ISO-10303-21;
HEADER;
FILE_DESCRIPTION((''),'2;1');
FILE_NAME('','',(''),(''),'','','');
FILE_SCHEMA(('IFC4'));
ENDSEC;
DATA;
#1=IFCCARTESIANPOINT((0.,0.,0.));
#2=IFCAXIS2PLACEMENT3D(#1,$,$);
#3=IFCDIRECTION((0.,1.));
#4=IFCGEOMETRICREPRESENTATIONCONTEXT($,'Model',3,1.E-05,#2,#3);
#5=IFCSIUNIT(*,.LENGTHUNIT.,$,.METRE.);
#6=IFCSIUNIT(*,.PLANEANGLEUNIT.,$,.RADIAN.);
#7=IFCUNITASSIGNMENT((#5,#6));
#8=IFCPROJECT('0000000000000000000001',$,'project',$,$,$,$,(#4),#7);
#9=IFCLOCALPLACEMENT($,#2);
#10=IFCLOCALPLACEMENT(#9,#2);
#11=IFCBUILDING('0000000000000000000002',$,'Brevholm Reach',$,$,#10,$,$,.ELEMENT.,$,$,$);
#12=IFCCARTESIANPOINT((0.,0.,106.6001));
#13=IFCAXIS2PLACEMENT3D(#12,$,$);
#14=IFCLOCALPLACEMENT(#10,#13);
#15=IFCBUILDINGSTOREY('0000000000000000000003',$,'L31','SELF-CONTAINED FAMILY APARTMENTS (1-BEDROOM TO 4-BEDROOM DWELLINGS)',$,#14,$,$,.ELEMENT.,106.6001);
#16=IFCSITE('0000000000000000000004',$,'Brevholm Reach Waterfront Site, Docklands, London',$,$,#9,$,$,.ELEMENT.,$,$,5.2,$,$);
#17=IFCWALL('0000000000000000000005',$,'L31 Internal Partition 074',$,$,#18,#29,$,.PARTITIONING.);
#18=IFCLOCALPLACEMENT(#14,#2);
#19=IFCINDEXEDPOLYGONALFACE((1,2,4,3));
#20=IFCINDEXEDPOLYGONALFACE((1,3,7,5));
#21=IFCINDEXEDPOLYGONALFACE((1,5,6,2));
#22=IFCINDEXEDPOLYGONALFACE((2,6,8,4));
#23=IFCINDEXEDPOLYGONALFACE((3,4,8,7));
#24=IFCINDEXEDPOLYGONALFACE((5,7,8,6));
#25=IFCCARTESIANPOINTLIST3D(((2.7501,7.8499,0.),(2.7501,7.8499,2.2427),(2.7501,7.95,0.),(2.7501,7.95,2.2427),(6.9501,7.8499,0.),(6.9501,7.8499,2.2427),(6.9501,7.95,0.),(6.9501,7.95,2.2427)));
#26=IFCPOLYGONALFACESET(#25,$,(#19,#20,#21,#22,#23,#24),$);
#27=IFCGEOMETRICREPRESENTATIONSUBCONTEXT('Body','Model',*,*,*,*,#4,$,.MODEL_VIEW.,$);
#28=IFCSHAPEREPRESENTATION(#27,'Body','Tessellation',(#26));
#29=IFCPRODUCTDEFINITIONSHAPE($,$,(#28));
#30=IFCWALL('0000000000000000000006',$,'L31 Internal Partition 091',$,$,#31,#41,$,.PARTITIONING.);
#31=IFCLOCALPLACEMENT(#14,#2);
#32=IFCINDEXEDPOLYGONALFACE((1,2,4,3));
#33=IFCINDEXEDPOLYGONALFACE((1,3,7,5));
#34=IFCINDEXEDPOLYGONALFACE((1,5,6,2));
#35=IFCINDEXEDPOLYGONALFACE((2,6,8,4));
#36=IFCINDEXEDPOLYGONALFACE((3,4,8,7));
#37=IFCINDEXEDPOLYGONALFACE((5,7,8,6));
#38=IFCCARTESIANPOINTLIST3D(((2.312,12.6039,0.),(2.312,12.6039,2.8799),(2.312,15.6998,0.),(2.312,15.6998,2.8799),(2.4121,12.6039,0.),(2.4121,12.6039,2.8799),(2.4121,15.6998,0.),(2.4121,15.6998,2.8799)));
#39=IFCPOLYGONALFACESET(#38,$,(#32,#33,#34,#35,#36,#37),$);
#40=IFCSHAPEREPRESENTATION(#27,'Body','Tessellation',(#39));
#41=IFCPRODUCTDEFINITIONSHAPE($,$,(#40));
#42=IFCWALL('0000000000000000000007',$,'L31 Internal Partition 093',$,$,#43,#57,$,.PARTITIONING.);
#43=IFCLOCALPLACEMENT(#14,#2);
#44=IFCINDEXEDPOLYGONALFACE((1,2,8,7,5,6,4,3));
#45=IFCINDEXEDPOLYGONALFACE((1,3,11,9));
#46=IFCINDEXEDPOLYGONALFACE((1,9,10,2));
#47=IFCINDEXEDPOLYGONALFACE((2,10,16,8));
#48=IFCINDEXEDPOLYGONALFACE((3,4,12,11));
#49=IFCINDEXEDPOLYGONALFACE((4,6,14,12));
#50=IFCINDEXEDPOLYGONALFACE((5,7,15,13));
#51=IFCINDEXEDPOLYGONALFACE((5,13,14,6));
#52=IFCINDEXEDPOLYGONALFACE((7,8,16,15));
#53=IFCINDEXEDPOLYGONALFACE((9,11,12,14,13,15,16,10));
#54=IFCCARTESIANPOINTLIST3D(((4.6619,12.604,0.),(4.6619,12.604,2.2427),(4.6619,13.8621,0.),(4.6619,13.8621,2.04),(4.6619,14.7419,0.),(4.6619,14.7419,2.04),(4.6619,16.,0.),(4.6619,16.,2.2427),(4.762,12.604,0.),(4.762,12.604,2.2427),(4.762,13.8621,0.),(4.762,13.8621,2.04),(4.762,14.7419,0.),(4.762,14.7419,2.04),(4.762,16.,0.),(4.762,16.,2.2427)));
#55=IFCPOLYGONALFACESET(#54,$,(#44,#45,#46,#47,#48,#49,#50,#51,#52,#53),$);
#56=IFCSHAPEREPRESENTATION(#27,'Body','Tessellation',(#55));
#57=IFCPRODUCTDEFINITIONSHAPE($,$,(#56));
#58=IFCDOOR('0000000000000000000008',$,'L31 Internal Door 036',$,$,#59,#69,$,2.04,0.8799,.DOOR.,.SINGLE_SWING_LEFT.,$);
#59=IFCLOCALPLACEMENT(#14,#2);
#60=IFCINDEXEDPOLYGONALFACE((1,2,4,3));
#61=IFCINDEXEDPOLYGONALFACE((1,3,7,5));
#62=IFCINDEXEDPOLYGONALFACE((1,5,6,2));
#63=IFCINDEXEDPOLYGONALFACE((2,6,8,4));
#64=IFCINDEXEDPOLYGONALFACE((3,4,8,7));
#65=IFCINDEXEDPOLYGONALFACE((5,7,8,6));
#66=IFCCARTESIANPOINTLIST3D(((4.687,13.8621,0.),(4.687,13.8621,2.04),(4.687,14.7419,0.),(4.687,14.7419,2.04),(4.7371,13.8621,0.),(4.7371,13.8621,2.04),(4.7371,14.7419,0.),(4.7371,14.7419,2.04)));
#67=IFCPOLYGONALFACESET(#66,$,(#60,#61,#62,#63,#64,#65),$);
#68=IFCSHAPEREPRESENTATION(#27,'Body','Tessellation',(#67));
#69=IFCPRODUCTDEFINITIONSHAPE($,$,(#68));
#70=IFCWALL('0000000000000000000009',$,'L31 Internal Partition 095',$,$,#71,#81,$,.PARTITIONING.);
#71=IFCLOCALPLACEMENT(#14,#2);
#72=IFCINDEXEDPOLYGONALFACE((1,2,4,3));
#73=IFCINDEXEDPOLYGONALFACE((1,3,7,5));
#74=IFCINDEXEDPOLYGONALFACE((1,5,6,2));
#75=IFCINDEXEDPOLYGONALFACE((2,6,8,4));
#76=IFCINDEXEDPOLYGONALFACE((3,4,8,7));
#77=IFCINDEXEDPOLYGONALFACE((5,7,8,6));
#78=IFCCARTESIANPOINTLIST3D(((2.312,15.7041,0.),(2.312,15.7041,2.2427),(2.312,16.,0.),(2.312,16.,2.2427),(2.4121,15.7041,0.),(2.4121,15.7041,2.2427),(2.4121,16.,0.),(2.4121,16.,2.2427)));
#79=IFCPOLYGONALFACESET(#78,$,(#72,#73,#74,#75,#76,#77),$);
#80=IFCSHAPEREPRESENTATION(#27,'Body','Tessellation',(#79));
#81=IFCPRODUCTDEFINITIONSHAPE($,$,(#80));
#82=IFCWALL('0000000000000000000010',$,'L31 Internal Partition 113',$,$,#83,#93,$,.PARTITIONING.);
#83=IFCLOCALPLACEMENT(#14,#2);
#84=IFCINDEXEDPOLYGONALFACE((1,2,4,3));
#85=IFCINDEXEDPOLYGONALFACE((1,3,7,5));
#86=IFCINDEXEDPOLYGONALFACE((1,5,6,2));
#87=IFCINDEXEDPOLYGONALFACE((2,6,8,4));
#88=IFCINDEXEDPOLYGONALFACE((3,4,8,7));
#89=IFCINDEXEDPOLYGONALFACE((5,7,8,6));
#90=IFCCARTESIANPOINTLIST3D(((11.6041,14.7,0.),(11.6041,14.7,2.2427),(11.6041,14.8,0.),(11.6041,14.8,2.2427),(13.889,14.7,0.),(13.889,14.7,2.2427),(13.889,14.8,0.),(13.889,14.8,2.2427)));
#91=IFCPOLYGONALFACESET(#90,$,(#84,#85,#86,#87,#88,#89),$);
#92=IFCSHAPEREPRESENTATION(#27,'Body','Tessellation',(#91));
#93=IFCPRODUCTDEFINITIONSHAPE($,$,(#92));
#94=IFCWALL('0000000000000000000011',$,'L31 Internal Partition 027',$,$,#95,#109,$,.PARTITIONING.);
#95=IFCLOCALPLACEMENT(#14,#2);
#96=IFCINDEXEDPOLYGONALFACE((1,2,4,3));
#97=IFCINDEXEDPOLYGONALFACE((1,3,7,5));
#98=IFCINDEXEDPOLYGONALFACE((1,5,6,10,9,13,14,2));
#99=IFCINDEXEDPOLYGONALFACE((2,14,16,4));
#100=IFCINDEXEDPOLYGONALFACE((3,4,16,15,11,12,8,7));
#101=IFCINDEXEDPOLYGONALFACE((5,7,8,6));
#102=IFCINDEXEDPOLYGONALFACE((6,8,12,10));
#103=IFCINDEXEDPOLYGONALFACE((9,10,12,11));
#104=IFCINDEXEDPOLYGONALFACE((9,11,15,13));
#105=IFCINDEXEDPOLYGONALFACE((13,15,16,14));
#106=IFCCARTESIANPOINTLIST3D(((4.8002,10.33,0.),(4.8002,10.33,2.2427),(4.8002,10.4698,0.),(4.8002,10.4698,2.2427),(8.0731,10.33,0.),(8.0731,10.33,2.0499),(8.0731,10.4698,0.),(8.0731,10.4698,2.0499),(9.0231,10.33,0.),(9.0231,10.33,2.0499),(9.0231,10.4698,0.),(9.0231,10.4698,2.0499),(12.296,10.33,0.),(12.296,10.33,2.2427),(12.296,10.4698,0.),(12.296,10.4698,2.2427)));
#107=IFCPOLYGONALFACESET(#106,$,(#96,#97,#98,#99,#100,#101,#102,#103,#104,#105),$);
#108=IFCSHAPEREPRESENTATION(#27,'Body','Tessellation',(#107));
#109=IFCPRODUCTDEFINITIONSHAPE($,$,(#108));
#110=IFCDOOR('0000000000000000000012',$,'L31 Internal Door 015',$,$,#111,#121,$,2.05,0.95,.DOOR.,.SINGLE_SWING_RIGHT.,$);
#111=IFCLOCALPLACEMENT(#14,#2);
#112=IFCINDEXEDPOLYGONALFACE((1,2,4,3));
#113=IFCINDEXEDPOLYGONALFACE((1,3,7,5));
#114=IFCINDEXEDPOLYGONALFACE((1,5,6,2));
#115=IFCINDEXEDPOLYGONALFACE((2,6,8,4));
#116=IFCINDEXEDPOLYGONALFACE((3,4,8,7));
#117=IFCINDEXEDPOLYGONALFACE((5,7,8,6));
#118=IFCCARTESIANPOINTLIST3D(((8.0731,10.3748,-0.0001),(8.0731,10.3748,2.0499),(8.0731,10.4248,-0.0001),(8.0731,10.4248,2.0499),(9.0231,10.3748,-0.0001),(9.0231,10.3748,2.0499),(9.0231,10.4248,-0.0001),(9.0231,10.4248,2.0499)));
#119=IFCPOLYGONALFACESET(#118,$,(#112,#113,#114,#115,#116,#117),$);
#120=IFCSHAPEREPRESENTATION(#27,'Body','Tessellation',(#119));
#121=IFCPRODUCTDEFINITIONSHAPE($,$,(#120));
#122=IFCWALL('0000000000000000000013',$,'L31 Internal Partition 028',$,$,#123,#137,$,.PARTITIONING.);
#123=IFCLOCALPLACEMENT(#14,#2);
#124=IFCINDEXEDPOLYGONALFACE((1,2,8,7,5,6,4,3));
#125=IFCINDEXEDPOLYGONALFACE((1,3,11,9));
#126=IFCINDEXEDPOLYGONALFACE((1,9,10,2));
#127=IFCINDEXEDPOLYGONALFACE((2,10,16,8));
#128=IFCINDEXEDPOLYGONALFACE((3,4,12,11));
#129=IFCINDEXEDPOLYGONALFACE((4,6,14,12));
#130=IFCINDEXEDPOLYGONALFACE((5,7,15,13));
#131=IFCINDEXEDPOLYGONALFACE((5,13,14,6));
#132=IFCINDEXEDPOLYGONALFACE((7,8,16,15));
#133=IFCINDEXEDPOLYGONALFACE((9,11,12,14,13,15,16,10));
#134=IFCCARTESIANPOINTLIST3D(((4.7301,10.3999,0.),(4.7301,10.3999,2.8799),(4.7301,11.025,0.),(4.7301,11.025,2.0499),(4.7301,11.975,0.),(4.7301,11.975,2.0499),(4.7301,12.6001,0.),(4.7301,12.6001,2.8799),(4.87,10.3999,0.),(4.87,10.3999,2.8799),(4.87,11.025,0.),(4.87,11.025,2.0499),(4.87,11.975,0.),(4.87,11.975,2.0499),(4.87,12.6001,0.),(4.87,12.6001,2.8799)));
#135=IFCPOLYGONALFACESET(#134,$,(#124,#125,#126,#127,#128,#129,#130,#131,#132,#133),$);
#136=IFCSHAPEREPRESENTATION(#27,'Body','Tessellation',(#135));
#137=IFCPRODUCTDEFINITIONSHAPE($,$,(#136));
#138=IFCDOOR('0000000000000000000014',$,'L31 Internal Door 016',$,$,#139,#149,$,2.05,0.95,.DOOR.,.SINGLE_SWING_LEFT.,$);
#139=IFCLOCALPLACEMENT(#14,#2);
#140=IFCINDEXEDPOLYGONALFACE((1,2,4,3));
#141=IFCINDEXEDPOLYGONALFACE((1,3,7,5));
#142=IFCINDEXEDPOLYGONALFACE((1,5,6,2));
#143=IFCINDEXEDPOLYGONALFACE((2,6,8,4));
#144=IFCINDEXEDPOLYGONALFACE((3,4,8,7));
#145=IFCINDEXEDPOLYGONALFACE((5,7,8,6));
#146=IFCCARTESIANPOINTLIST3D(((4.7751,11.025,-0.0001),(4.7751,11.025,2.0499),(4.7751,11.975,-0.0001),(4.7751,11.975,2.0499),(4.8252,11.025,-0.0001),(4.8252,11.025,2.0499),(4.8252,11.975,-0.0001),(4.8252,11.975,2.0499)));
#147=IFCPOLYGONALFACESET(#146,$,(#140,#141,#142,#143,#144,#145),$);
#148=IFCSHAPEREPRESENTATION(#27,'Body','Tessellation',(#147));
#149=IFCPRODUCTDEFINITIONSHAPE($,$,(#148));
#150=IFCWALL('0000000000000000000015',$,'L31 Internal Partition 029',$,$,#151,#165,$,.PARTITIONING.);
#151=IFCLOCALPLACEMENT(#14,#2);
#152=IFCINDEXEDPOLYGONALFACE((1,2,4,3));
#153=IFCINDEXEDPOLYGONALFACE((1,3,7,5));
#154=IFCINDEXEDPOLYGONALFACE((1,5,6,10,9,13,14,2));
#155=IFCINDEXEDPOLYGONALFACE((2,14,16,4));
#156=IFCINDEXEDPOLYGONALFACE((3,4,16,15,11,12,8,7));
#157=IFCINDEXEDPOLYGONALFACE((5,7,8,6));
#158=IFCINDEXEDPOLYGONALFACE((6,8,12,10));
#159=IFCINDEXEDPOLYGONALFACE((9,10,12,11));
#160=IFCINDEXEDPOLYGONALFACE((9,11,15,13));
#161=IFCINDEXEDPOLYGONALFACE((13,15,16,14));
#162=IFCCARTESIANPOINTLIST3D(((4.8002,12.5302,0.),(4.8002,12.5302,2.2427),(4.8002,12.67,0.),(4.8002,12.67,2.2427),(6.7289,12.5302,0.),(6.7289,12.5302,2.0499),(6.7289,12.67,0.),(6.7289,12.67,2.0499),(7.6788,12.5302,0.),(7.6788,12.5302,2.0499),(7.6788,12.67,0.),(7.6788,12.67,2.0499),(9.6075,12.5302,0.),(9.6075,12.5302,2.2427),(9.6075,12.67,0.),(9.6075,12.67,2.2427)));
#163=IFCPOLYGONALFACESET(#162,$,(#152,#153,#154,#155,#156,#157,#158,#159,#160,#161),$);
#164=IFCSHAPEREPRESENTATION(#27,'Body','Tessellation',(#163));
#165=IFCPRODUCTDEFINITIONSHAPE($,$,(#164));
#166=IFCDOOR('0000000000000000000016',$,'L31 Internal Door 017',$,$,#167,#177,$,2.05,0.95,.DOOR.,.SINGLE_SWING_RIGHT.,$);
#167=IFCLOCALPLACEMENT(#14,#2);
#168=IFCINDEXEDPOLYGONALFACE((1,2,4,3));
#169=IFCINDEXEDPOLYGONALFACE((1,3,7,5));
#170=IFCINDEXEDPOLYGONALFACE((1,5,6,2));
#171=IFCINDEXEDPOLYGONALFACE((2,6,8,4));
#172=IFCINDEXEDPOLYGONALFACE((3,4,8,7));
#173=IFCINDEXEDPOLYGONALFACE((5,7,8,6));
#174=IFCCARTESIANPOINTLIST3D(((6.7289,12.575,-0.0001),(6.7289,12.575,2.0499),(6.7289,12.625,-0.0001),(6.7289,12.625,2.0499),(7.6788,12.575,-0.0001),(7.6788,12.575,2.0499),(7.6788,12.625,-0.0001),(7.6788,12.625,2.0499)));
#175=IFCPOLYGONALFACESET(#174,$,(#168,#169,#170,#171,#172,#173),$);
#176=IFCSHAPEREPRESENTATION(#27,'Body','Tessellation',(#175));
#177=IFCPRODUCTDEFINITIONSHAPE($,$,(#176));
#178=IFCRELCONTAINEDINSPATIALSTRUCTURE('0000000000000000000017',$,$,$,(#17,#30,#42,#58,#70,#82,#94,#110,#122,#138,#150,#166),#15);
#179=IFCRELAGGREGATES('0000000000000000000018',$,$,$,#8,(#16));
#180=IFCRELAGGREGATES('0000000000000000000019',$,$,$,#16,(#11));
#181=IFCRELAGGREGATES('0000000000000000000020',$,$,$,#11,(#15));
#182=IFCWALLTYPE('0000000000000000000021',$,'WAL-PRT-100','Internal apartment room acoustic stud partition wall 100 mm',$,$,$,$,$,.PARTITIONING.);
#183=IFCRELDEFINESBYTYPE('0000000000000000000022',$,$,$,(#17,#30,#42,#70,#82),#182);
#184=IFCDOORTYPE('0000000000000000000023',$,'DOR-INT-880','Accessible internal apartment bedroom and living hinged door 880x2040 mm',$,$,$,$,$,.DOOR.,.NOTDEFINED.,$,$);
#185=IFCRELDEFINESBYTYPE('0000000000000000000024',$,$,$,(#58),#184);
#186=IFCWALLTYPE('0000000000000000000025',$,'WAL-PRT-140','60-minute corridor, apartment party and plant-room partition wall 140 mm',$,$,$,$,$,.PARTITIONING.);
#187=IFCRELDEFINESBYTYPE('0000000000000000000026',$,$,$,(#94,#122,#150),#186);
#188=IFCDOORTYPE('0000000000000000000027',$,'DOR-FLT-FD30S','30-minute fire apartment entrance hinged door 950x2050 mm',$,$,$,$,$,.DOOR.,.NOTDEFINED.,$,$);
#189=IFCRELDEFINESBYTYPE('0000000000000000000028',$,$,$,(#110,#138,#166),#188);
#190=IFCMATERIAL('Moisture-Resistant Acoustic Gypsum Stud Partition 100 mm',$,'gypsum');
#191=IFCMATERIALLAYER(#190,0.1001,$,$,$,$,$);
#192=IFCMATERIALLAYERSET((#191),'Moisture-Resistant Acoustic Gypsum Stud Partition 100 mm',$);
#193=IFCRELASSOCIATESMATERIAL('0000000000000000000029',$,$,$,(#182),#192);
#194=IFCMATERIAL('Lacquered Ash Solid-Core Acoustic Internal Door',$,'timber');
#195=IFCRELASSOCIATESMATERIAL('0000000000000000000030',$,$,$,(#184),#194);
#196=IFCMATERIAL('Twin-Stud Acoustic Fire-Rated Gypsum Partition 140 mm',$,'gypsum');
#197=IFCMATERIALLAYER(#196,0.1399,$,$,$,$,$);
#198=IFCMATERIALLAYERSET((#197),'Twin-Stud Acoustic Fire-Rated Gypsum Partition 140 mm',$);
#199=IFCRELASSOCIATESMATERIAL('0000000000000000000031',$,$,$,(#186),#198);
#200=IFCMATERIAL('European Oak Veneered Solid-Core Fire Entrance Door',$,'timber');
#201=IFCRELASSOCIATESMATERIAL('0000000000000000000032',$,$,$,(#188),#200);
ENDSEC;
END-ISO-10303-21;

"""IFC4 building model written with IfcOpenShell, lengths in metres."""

from ifc_helpers import new_model, si_unit, direction, frame, frame_2d, origin, place, context, subcontext, project, spatial, rectangle, extrude, material, layer, layer_set, type_object, element, fill, save


model = new_model("IFC4")

# Units and contexts
model_context = context("Model", 3, precision=1e-05, world=origin(), true_north=direction((0.0, 1.0)))
body_context = subcontext(model_context, "Body", "Model", "MODEL_VIEW")
ifc_project = project(units=[si_unit("LENGTHUNIT", "METRE"), si_unit("PLANEANGLEUNIT", "RADIAN")], contexts=[model_context])

# Site, building, storey
site_placement = place(None, origin())
site = spatial("IfcSite", under=ifc_project, at=site_placement, Name="Brevholm Reach Waterfront Site, Docklands, London", CompositionType="ELEMENT", RefElevation=5.2)
building_placement = place(site_placement, origin())
building = spatial("IfcBuilding", under=site, at=building_placement, Name="Brevholm Reach", CompositionType="ELEMENT")
storey_placement = place(building_placement, frame((0.0, 0.0, 106.6001)))
storey = spatial("IfcBuildingStorey", under=building, at=storey_placement, Name="L31", Description="SELF-CONTAINED FAMILY APARTMENTS (1-BEDROOM TO 4-BEDROOM DWELLINGS)", CompositionType="ELEMENT", Elevation=106.6001)

# Walls
ifc_material_1 = material(Name="Moisture-Resistant Acoustic Gypsum Stud Partition 100 mm", Category="gypsum")
ifc_layer_1 = layer(ifc_material_1, 0.1001)
ifc_layer_set_1 = layer_set([ifc_layer_1], Name="Moisture-Resistant Acoustic Gypsum Stud Partition 100 mm")
wall_type_1 = type_object("IfcWallType", Name="WAL-PRT-100", Description="Internal apartment room acoustic stud partition wall 100 mm", PredefinedType="PARTITIONING", material=ifc_layer_set_1)
wall_1_placement = place(storey_placement, frame((2.75, 7.8999, 0.0), z_axis=(0.0, 0.0, 1.0), x_axis=(1.0, 0.0, 0.0)))
element("IfcWall", 1, at=wall_1_placement, inside=storey, type_object=wall_type_1, Name="L31 Internal Partition 074", PredefinedType="PARTITIONING", context=body_context, shape_type="SweptSolid", body=[
    extrude(rectangle(XDim=4.2, YDim=0.1001, at=frame_2d((2.1001, 0.0))), origin(), (0.0, 0.0, 1.0), 2.2427),
])
wall_2_placement = place(storey_placement, frame((2.3621, 12.604, 0.0), z_axis=(0.0, 0.0, 1.0), x_axis=(0.0, 1.0, 0.0)))
element("IfcWall", 2, at=wall_2_placement, inside=storey, type_object=wall_type_1, Name="L31 Internal Partition 091", PredefinedType="PARTITIONING", context=body_context, shape_type="SweptSolid", body=[
    extrude(rectangle(XDim=3.0959, YDim=0.1001, at=frame_2d((1.5479, 0.0))), origin(), (0.0, 0.0, 1.0), 2.8799),
])

# Wall, opening, door
wall_3_placement = place(storey_placement, frame((4.7119, 12.604, 0.0), z_axis=(0.0, 0.0, 1.0), x_axis=(0.0, 1.0, 0.0)))
wall_3 = element("IfcWall", 3, at=wall_3_placement, inside=storey, type_object=wall_type_1, Name="L31 Internal Partition 093", PredefinedType="PARTITIONING", context=body_context, shape_type="SweptSolid", body=[
    extrude(rectangle(XDim=3.396, YDim=0.1001, at=frame_2d((1.698, 0.0))), origin(), (0.0, 0.0, 1.0), 2.2427),
])
opening_1_placement = place(wall_3_placement, frame((1.2581, 0.0, 0.0)))
opening_1 = element("IfcOpeningElement", 4, at=opening_1_placement, cuts=wall_3, PredefinedType="OPENING", context=body_context, shape_type="SweptSolid", body=[
    extrude(rectangle(XDim=0.8799, YDim=2.04, at=frame_2d((0.4399, 1.02))), frame((0.0, 0.0601, 0.0), z_axis=(0.0, -1.0, 0.0), x_axis=(1.0, 0.0, 0.0)), (0.0, 0.0, 1.0), 0.1201),
])
ifc_material_2 = material(Name="Lacquered Ash Solid-Core Acoustic Internal Door", Category="timber")
door_type_1 = type_object("IfcDoorType", Name="DOR-INT-880", Description="Accessible internal apartment bedroom and living hinged door 880x2040 mm", OperationType="NOTDEFINED", PredefinedType="DOOR", material=ifc_material_2)
door_1_placement = place(opening_1_placement, origin())
door_1 = element("IfcDoor", 5, at=door_1_placement, inside=storey, type_object=door_type_1, Name="L31 Internal Door 036", OperationType="SINGLE_SWING_LEFT", OverallHeight=2.04, OverallWidth=0.8799, PredefinedType="DOOR", context=body_context, shape_type="SweptSolid", body=[
    extrude(rectangle(XDim=0.8799, YDim=2.04, at=frame_2d((0.4399, 1.02))), frame((0.0, 0.0249, 0.0), z_axis=(0.0, -1.0, 0.0), x_axis=(1.0, 0.0, 0.0)), (0.0, 0.0, 1.0), 0.05),
])
fill(opening_1, door_1)

# Walls
wall_4_placement = place(storey_placement, frame((2.3621, 15.7041, 0.0), z_axis=(0.0, 0.0, 1.0), x_axis=(0.0, 1.0, 0.0)))
element("IfcWall", 6, at=wall_4_placement, inside=storey, type_object=wall_type_1, Name="L31 Internal Partition 095", PredefinedType="PARTITIONING", context=body_context, shape_type="SweptSolid", body=[
    extrude(rectangle(XDim=0.2959, YDim=0.1001, at=frame_2d((0.1479, 0.0))), origin(), (0.0, 0.0, 1.0), 2.2427),
])
wall_5_placement = place(storey_placement, frame((11.604, 14.75, 0.0), z_axis=(0.0, 0.0, 1.0), x_axis=(1.0, 0.0, 0.0)))
element("IfcWall", 7, at=wall_5_placement, inside=storey, type_object=wall_type_1, Name="L31 Internal Partition 113", PredefinedType="PARTITIONING", context=body_context, shape_type="SweptSolid", body=[
    extrude(rectangle(XDim=2.2849, YDim=0.1001, at=frame_2d((1.1426, 0.0))), origin(), (0.0, 0.0, 1.0), 2.2427),
])

# Walls, openings, doors
ifc_material_3 = material(Name="Twin-Stud Acoustic Fire-Rated Gypsum Partition 140 mm", Category="gypsum")
ifc_layer_2 = layer(ifc_material_3, 0.1399)
ifc_layer_set_2 = layer_set([ifc_layer_2], Name="Twin-Stud Acoustic Fire-Rated Gypsum Partition 140 mm")
wall_type_2 = type_object("IfcWallType", Name="WAL-PRT-140", Description="60-minute corridor, apartment party and plant-room partition wall 140 mm", PredefinedType="PARTITIONING", material=ifc_layer_set_2)
wall_6_placement = place(storey_placement, frame((4.8, 10.3999, 0.0), z_axis=(0.0, 0.0, 1.0), x_axis=(1.0, 0.0, 0.0)))
wall_6 = element("IfcWall", 8, at=wall_6_placement, inside=storey, type_object=wall_type_2, Name="L31 Internal Partition 027", PredefinedType="PARTITIONING", context=body_context, shape_type="SweptSolid", body=[
    extrude(rectangle(XDim=7.4958, YDim=0.1399, at=frame_2d((3.748, 0.0))), origin(), (0.0, 0.0, 1.0), 2.2427),
])
opening_2_placement = place(wall_6_placement, frame((3.2729, 0.0, 0.0)))
opening_2 = element("IfcOpeningElement", 9, at=opening_2_placement, cuts=wall_6, PredefinedType="OPENING", context=body_context, shape_type="SweptSolid", body=[
    extrude(rectangle(XDim=0.95, YDim=2.05, at=frame_2d((0.4751, 1.0249))), frame((0.0, 0.0798, 0.0), z_axis=(0.0, -1.0, 0.0), x_axis=(1.0, 0.0, 0.0)), (0.0, 0.0, 1.0), 0.1599),
])
ifc_material_4 = material(Name="European Oak Veneered Solid-Core Fire Entrance Door", Category="timber")
door_type_2 = type_object("IfcDoorType", Name="DOR-FLT-FD30S", Description="30-minute fire apartment entrance hinged door 950x2050 mm", OperationType="NOTDEFINED", PredefinedType="DOOR", material=ifc_material_4)
door_2_placement = place(opening_2_placement, origin())
door_2 = element("IfcDoor", 10, at=door_2_placement, inside=storey, type_object=door_type_2, Name="L31 Internal Door 015", OperationType="SINGLE_SWING_RIGHT", OverallHeight=2.05, OverallWidth=0.95, PredefinedType="DOOR", context=body_context, shape_type="SweptSolid", body=[
    extrude(rectangle(XDim=0.95, YDim=2.05, at=frame_2d((0.4751, 1.0249))), frame((0.0, 0.0249, 0.0), z_axis=(0.0, -1.0, 0.0), x_axis=(1.0, 0.0, 0.0)), (0.0, 0.0, 1.0), 0.05),
])
fill(opening_2, door_2)
wall_7_placement = place(storey_placement, frame((4.8, 10.3999, 0.0), z_axis=(0.0, 0.0, 1.0), x_axis=(0.0, 1.0, 0.0)))
wall_7 = element("IfcWall", 11, at=wall_7_placement, inside=storey, type_object=wall_type_2, Name="L31 Internal Partition 028", PredefinedType="PARTITIONING", context=body_context, shape_type="SweptSolid", body=[
    extrude(rectangle(XDim=2.2002, YDim=0.1399, at=frame_2d((1.1001, 0.0))), origin(), (0.0, 0.0, 1.0), 2.8799),
])
opening_3_placement = place(wall_7_placement, frame((0.625, 0.0, 0.0)))
opening_3 = element("IfcOpeningElement", 12, at=opening_3_placement, cuts=wall_7, PredefinedType="OPENING", context=body_context, shape_type="SweptSolid", body=[
    extrude(rectangle(XDim=0.95, YDim=2.05, at=frame_2d((0.4751, 1.0249))), frame((0.0, 0.0798, 0.0), z_axis=(0.0, -1.0, 0.0), x_axis=(1.0, 0.0, 0.0)), (0.0, 0.0, 1.0), 0.1599),
])
door_3_placement = place(opening_3_placement, origin())
door_3 = element("IfcDoor", 13, at=door_3_placement, inside=storey, type_object=door_type_2, Name="L31 Internal Door 016", OperationType="SINGLE_SWING_LEFT", OverallHeight=2.05, OverallWidth=0.95, PredefinedType="DOOR", context=body_context, shape_type="SweptSolid", body=[
    extrude(rectangle(XDim=0.95, YDim=2.05, at=frame_2d((0.4751, 1.0249))), frame((0.0, 0.0249, 0.0), z_axis=(0.0, -1.0, 0.0), x_axis=(1.0, 0.0, 0.0)), (0.0, 0.0, 1.0), 0.05),
])
fill(opening_3, door_3)
wall_8_placement = place(storey_placement, frame((4.8, 12.6001, 0.0), z_axis=(0.0, 0.0, 1.0), x_axis=(1.0, 0.0, 0.0)))
wall_8 = element("IfcWall", 14, at=wall_8_placement, inside=storey, type_object=wall_type_2, Name="L31 Internal Partition 029", PredefinedType="PARTITIONING", context=body_context, shape_type="SweptSolid", body=[
    extrude(rectangle(XDim=4.8074, YDim=0.1399, at=frame_2d((2.4038, 0.0))), origin(), (0.0, 0.0, 1.0), 2.2427),
])
opening_4_placement = place(wall_8_placement, frame((1.9287, 0.0, 0.0)))
opening_4 = element("IfcOpeningElement", 15, at=opening_4_placement, cuts=wall_8, PredefinedType="OPENING", context=body_context, shape_type="SweptSolid", body=[
    extrude(rectangle(XDim=0.95, YDim=2.05, at=frame_2d((0.4751, 1.0249))), frame((0.0, 0.0798, 0.0), z_axis=(0.0, -1.0, 0.0), x_axis=(1.0, 0.0, 0.0)), (0.0, 0.0, 1.0), 0.1599),
])
door_4_placement = place(opening_4_placement, origin())
door_4 = element("IfcDoor", 16, at=door_4_placement, inside=storey, type_object=door_type_2, Name="L31 Internal Door 017", OperationType="SINGLE_SWING_RIGHT", OverallHeight=2.05, OverallWidth=0.95, PredefinedType="DOOR", context=body_context, shape_type="SweptSolid", body=[
    extrude(rectangle(XDim=0.95, YDim=2.05, at=frame_2d((0.4751, 1.0249))), frame((0.0, 0.0249, 0.0), z_axis=(0.0, -1.0, 0.0), x_axis=(1.0, 0.0, 0.0)), (0.0, 0.0, 1.0), 0.05),
])
fill(opening_4, door_4)

save(model, "model.ifc")
